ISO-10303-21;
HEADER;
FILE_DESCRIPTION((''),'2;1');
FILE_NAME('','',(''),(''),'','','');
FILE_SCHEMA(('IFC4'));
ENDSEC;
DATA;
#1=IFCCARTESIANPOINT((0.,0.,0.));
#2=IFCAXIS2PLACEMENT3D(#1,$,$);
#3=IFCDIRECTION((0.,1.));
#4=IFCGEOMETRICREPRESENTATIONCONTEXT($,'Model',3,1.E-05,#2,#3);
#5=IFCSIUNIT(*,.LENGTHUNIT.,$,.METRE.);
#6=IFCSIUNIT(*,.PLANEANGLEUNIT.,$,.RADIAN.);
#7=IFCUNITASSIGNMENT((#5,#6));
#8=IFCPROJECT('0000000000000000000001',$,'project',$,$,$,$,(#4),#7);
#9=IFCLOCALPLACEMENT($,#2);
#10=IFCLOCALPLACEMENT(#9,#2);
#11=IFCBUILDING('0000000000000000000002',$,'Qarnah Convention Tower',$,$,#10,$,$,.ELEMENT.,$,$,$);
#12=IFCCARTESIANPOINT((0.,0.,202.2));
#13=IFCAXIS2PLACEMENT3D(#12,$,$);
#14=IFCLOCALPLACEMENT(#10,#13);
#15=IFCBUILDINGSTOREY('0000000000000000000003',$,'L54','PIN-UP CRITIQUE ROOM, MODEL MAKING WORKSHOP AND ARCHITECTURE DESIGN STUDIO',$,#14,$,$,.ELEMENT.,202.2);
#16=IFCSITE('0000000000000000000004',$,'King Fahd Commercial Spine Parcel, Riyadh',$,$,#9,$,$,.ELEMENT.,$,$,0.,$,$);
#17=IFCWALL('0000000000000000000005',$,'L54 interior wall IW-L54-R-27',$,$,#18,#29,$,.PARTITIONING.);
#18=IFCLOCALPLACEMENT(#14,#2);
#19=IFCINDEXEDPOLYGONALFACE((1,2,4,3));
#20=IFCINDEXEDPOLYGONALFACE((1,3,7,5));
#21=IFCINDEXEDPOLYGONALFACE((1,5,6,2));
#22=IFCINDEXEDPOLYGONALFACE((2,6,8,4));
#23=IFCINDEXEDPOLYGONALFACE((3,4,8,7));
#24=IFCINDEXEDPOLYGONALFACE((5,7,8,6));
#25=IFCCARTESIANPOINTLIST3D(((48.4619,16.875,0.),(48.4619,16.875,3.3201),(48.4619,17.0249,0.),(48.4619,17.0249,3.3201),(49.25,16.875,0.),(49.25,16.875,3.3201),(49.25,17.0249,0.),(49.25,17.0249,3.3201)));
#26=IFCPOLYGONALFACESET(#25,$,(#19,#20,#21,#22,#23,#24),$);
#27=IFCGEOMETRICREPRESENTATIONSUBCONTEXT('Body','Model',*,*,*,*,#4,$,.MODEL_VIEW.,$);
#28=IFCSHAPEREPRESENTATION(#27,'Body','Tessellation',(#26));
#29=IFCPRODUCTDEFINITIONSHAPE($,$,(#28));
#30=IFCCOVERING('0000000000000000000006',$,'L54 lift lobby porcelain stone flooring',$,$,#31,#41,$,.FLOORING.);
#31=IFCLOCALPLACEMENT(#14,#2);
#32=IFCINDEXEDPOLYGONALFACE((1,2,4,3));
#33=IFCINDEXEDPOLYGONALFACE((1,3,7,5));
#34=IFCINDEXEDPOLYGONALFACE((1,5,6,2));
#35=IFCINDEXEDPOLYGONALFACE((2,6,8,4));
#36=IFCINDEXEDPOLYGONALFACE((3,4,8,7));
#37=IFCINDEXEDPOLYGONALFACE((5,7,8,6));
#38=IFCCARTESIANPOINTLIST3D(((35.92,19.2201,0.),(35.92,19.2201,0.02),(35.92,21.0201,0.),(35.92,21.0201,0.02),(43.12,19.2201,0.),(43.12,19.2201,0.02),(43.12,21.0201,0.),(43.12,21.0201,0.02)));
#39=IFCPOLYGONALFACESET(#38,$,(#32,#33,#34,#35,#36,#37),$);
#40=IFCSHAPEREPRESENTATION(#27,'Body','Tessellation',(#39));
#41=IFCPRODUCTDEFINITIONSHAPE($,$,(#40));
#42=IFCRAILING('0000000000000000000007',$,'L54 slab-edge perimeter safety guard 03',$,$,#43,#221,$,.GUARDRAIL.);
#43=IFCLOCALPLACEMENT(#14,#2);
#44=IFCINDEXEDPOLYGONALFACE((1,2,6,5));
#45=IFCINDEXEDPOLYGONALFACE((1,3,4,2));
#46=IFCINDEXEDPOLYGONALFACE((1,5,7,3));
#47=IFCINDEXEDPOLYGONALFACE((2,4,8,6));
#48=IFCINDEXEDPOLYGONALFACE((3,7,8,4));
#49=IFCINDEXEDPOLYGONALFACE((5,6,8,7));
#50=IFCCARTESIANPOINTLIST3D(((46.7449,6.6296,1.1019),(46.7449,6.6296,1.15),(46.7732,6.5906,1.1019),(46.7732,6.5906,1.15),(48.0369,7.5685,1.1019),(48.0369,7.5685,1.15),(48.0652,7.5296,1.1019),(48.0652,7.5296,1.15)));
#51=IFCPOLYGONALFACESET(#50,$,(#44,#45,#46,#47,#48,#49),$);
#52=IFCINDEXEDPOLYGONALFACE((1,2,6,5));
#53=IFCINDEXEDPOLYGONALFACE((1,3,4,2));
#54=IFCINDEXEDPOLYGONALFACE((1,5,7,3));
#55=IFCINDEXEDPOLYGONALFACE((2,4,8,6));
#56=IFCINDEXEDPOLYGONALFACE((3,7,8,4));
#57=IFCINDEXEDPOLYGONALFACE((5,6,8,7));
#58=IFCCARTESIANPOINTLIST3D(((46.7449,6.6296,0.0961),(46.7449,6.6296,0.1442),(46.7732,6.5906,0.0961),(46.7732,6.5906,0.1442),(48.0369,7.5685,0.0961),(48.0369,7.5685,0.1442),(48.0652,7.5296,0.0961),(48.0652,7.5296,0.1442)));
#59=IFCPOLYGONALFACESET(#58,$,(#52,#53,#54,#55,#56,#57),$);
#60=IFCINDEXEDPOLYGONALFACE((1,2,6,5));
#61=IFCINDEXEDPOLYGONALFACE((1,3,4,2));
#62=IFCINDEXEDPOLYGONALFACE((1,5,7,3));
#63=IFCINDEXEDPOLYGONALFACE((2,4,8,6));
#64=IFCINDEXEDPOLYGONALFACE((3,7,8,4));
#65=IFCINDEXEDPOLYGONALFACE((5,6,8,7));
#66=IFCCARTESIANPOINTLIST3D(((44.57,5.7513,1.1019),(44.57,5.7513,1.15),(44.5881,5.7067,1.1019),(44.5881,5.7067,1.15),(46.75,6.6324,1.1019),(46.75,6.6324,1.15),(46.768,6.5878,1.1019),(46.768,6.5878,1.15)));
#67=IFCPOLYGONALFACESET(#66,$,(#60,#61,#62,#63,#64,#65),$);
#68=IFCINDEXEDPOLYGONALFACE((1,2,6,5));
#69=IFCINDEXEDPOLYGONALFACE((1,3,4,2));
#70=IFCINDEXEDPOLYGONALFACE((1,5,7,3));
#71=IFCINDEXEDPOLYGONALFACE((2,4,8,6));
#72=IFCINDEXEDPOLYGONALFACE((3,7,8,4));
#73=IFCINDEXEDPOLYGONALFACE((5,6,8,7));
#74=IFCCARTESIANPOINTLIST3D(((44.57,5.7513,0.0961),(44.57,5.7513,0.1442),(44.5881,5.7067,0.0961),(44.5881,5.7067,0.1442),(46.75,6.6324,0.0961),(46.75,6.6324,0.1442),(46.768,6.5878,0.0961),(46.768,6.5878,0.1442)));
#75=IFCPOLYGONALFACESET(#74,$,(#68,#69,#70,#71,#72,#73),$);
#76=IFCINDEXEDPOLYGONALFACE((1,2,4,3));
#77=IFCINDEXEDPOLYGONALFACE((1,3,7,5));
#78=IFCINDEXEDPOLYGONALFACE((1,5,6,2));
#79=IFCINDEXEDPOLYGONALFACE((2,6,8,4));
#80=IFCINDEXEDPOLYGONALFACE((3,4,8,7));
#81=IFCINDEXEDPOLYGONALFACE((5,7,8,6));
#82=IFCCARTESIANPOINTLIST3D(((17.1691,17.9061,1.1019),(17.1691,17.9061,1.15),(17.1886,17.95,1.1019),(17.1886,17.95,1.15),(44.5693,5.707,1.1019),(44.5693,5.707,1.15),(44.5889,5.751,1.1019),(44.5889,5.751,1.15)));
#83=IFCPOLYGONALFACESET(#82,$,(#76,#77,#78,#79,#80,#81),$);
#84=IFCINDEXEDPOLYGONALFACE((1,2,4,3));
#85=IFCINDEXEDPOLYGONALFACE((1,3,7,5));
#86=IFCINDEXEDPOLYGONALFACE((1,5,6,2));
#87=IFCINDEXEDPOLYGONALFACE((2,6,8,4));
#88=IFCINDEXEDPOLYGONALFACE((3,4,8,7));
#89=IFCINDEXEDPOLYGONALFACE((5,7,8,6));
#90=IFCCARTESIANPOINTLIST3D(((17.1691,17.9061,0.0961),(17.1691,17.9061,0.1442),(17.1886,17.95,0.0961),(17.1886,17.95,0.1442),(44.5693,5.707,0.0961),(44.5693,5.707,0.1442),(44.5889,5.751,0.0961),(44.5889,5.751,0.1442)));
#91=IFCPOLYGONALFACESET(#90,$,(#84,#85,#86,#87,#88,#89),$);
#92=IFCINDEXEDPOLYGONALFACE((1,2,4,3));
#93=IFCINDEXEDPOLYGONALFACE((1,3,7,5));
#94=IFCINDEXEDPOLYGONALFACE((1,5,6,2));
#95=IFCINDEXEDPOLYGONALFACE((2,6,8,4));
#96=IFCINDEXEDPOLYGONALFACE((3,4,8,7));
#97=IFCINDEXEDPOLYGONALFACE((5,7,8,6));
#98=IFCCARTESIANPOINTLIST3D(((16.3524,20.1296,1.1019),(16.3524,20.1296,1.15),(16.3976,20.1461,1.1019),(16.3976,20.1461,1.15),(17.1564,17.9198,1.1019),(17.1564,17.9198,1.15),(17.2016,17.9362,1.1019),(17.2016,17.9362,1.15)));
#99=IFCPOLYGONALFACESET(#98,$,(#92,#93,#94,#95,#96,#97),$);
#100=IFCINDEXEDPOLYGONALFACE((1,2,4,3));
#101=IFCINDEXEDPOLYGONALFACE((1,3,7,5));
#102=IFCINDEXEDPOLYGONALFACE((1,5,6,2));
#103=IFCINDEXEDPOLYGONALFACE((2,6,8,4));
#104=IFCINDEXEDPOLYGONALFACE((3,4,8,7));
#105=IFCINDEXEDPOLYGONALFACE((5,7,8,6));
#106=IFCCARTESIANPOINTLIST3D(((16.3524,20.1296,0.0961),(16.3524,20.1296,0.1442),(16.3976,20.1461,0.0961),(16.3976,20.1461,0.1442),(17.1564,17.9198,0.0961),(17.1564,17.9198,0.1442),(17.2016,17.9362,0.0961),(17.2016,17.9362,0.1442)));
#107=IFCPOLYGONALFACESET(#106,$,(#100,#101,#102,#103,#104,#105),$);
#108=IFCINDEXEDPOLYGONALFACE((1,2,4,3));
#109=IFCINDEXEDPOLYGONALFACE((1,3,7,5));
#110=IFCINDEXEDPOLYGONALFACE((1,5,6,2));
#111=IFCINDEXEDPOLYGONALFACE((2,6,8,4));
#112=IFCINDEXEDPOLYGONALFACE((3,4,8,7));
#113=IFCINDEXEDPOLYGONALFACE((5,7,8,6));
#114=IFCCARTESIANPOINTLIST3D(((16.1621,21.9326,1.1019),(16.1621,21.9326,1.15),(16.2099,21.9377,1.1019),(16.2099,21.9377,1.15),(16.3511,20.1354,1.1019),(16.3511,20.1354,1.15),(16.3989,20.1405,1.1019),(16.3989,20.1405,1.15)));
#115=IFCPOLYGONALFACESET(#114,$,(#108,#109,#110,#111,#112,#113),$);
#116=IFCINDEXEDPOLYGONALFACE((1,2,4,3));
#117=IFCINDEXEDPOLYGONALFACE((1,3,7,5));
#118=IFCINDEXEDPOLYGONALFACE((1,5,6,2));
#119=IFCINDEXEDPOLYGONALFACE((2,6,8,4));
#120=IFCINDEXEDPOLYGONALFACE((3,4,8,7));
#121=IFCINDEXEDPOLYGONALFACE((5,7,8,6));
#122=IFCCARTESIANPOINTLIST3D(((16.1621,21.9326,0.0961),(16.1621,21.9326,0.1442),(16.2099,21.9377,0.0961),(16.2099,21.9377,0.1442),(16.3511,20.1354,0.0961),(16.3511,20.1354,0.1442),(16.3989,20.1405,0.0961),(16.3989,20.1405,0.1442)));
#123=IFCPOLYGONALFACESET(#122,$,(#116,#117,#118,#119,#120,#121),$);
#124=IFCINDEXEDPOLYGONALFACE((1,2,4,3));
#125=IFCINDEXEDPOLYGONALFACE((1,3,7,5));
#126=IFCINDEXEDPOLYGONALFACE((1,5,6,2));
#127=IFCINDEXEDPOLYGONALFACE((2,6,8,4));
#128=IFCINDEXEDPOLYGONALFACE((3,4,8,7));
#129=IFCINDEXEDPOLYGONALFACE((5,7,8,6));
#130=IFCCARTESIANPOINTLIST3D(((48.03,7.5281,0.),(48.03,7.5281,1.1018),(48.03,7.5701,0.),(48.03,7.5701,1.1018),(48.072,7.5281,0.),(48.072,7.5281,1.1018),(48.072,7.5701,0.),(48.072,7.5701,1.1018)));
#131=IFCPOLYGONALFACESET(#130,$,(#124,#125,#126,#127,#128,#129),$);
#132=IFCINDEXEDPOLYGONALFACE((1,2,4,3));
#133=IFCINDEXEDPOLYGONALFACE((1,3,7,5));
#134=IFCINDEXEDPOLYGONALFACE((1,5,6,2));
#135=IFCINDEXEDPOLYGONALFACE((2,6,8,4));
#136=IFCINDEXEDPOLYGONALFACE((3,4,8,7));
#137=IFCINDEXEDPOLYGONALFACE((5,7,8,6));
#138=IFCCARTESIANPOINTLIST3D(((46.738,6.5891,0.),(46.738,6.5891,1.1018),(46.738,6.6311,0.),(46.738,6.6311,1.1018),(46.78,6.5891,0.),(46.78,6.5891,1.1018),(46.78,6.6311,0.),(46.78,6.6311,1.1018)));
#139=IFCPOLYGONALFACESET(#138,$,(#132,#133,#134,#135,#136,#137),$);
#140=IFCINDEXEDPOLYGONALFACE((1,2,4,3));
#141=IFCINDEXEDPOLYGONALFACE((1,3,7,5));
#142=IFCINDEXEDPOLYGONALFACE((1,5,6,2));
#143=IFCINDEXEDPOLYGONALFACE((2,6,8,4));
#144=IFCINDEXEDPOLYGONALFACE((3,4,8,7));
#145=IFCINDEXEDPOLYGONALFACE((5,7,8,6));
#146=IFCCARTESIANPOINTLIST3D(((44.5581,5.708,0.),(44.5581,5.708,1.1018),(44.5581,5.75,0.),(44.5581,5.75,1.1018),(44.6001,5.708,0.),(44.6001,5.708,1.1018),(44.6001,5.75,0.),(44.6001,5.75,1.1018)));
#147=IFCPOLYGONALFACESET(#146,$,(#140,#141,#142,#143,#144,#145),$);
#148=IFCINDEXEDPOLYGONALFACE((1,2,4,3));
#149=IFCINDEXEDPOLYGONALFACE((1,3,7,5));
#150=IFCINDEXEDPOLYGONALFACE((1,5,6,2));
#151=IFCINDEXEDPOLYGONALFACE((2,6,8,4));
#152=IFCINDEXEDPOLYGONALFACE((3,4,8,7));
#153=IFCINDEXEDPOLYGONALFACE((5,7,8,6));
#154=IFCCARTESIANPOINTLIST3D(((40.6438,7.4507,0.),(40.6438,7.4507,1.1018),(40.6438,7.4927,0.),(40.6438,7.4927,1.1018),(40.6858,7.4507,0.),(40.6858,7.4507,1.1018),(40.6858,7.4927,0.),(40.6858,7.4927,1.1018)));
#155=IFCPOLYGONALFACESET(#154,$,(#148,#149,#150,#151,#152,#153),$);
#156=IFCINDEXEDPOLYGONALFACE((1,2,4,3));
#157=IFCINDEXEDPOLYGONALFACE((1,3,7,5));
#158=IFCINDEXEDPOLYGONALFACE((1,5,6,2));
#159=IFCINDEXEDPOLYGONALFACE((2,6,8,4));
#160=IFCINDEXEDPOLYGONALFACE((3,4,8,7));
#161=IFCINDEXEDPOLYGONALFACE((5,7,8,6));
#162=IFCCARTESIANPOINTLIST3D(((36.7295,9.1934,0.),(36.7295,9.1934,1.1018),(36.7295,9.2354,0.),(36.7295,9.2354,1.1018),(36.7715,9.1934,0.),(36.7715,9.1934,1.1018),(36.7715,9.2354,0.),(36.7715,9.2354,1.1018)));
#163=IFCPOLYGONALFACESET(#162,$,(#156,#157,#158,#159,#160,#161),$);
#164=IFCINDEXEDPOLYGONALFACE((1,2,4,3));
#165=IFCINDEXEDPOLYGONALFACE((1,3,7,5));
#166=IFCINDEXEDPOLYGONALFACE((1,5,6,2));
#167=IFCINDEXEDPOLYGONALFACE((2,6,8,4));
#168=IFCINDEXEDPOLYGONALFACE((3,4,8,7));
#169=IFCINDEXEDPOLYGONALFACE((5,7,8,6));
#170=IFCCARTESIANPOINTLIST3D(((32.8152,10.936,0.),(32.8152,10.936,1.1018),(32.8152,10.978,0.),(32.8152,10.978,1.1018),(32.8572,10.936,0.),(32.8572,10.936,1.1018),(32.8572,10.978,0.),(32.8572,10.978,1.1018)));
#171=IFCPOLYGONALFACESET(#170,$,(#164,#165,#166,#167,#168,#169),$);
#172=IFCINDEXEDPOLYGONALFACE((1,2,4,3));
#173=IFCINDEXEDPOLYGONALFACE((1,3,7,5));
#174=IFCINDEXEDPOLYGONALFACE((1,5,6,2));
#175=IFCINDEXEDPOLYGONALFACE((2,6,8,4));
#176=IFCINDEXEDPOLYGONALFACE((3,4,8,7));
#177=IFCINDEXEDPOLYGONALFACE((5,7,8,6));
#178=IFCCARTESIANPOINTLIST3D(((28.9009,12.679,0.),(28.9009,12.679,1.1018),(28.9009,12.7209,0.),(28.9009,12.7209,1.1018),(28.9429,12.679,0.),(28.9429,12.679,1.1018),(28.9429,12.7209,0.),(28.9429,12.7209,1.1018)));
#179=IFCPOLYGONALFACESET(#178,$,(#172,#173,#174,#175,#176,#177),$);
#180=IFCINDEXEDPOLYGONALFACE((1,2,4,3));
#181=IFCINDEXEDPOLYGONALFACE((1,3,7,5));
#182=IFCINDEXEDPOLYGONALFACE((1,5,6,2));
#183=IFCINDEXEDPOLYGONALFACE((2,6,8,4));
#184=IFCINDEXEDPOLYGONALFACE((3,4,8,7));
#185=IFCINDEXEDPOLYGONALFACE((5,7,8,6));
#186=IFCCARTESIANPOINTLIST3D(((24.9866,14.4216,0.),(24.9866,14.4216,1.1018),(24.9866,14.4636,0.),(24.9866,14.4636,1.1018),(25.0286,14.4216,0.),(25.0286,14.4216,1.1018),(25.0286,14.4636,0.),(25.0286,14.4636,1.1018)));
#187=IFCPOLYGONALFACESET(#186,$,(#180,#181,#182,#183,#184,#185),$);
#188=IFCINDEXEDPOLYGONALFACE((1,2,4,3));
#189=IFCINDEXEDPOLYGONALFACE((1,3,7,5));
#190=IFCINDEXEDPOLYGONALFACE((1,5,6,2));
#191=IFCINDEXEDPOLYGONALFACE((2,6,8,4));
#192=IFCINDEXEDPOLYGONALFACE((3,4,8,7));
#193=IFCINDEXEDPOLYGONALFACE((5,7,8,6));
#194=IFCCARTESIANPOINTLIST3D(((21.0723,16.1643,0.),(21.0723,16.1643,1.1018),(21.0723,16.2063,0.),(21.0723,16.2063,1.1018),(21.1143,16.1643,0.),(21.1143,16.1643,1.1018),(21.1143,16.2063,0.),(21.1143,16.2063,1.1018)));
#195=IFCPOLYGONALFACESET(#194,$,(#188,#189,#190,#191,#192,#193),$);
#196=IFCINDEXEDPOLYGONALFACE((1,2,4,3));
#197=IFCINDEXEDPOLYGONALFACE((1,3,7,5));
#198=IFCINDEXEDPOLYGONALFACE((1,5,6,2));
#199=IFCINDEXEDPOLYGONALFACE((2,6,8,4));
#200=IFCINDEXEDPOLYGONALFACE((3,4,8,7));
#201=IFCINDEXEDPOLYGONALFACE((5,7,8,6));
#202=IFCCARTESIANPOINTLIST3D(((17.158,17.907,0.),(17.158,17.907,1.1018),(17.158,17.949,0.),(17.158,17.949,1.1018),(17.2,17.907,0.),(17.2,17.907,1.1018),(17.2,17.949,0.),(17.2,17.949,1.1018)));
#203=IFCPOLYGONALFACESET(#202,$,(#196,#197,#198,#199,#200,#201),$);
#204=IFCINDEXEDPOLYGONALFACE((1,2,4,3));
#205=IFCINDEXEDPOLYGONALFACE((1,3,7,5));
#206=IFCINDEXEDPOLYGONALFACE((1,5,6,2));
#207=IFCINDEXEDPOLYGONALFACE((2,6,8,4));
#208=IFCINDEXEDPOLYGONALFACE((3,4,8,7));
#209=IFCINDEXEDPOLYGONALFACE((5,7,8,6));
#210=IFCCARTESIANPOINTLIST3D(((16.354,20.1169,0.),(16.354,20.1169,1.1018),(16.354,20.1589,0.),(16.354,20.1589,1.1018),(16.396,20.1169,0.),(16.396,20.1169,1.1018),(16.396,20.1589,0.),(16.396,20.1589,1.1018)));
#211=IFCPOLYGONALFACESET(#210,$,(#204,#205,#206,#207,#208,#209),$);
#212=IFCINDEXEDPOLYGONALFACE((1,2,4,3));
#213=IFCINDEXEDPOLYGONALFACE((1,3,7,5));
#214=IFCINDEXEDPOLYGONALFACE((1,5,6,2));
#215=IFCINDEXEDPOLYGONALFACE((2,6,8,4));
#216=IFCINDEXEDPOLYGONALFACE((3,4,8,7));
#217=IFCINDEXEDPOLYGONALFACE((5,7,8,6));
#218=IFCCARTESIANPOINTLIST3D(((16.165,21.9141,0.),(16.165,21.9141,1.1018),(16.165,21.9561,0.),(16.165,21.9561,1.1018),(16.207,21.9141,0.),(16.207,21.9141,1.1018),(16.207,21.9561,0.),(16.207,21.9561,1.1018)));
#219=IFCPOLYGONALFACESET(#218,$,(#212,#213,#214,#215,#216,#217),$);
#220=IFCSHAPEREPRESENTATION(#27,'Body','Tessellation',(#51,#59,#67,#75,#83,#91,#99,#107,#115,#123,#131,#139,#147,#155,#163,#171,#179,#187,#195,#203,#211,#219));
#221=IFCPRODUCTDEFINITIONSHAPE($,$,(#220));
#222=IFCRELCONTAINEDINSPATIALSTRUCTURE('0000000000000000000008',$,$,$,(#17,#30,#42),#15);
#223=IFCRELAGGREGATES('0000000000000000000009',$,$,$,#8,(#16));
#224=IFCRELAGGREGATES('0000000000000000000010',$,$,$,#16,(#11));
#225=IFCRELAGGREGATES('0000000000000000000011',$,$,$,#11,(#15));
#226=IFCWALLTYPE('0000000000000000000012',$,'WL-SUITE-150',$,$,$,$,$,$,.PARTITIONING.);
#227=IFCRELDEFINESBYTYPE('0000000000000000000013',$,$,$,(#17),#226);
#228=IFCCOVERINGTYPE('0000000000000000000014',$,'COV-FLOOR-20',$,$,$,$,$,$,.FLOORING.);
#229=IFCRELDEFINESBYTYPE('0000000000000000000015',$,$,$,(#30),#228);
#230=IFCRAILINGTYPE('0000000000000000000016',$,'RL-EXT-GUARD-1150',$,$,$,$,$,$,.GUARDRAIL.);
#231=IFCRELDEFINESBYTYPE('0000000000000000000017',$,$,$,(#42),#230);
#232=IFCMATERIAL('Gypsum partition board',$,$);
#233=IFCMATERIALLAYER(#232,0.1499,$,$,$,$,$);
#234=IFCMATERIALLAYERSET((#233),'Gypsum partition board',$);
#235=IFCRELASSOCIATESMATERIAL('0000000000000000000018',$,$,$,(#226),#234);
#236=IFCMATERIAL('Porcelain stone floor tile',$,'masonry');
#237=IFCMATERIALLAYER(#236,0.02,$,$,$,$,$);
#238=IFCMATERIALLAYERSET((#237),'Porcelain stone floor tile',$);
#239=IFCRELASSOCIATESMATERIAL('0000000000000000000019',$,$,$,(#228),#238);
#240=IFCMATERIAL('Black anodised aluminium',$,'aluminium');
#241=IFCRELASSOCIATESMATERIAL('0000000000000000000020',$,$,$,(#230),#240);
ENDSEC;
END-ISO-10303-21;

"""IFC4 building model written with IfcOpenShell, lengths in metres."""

from ifc_helpers import new_model, si_unit, direction, frame, frame_2d, origin, origin_2d, place, context, subcontext, project, spatial, rectangle, extrude, material, layer, layer_set, type_object, element, save


model = new_model("IFC4")

# Units and contexts
model_context = context("Model", 3, precision=1e-05, world=origin(), true_north=direction((0.0, 1.0)))
body_context = subcontext(model_context, "Body", "Model", "MODEL_VIEW")
ifc_project = project(units=[si_unit("LENGTHUNIT", "METRE"), si_unit("PLANEANGLEUNIT", "RADIAN")], contexts=[model_context])

# Site, building, storey
site_placement = place(None, origin())
site = spatial("IfcSite", under=ifc_project, at=site_placement, Name="King Fahd Commercial Spine Parcel, Riyadh", CompositionType="ELEMENT", RefElevation=0.0)
building_placement = place(site_placement, origin())
building = spatial("IfcBuilding", under=site, at=building_placement, Name="Qarnah Convention Tower", CompositionType="ELEMENT")
storey_placement = place(building_placement, frame((0.0, 0.0, 202.2)))
storey = spatial("IfcBuildingStorey", under=building, at=storey_placement, Name="L54", Description="PIN-UP CRITIQUE ROOM, MODEL MAKING WORKSHOP AND ARCHITECTURE DESIGN STUDIO", CompositionType="ELEMENT", Elevation=202.2)

# Shared definitions
ifc_material_1 = material(Name="Black anodised aluminium", Category="aluminium")

# Shared definitions
ifc_material_2 = material(Name="Gypsum partition board")
ifc_layer_1 = layer(ifc_material_2, 0.1499)
ifc_layer_set_1 = layer_set([ifc_layer_1], Name="Gypsum partition board")
wall_type_1 = type_object("IfcWallType", Name="WL-SUITE-150", PredefinedType="PARTITIONING", material=ifc_layer_set_1)

# Wall
wall_1_placement = place(storey_placement, frame((49.25, 16.95, 0.0), z_axis=(0.0, 0.0, 1.0), x_axis=(-1.0, 0.0, 0.0)))
element("IfcWall", 1, at=wall_1_placement, inside=storey, type_object=wall_type_1, Name="L54 interior wall IW-L54-R-27", PredefinedType="PARTITIONING", context=body_context, shape_type="SweptSolid", body=[
    extrude(rectangle(XDim=0.7881, YDim=0.1499, at=frame_2d((0.394, 0.0))), origin(), (0.0, 0.0, 1.0), 3.3201),
])

# Covering
ifc_material_3 = material(Name="Porcelain stone floor tile", Category="masonry")
ifc_layer_2 = layer(ifc_material_3, 0.02)
ifc_layer_set_2 = layer_set([ifc_layer_2], Name="Porcelain stone floor tile")
covering_type = type_object("IfcCoveringType", Name="COV-FLOOR-20", PredefinedType="FLOORING", material=ifc_layer_set_2)
covering_placement = place(storey_placement, frame((39.52, 20.1201, 0.0), z_axis=(0.0, 0.0, 1.0), x_axis=(1.0, 0.0, 0.0)))
element("IfcCovering", 2, at=covering_placement, inside=storey, type_object=covering_type, Name="L54 lift lobby porcelain stone flooring", PredefinedType="FLOORING", context=body_context, shape_type="SweptSolid", body=[
    extrude(rectangle(XDim=7.2, YDim=1.8, at=origin_2d()), origin(), (0.0, 0.0, 1.0), 0.02),
])

# Railing
railing_type = type_object("IfcRailingType", Name="RL-EXT-GUARD-1150", PredefinedType="GUARDRAIL", material=ifc_material_1)
railing_1_placement = place(storey_placement, frame((48.051, 7.5491, 0.0)))
element("IfcRailing", 3, at=railing_1_placement, inside=storey, type_object=railing_type, Name="L54 slab-edge perimeter safety guard 03", PredefinedType="GUARDRAIL", context=body_context, shape_type="SweptSolid", body=[
    extrude(rectangle(XDim=0.0481, YDim=0.0481, at=origin_2d()), frame((0.0, 0.0, 1.126), z_axis=(-0.808934, -0.587899, 0.0), x_axis=(0.587899, -0.808934, 0.0)), (0.0, 0.0, 1.0), 1.5972),
    extrude(rectangle(XDim=0.0481, YDim=0.0481, at=origin_2d()), frame((0.0, 0.0, 0.1201), z_axis=(-0.808934, -0.587899, 0.0), x_axis=(0.587899, -0.808934, 0.0)), (0.0, 0.0, 1.0), 1.5972),
    extrude(rectangle(XDim=0.0481, YDim=0.0481, at=origin_2d()), frame((-1.292, -0.939, 1.126), z_axis=(-0.927132, -0.374736, 0.0), x_axis=(0.374736, -0.927132, 0.0)), (0.0, 0.0, 1.0), 2.3513),
    extrude(rectangle(XDim=0.0481, YDim=0.0481, at=origin_2d()), frame((-1.292, -0.939, 0.1201), z_axis=(-0.927132, -0.374736, 0.0), x_axis=(0.374736, -0.927132, 0.0)), (0.0, 0.0, 1.0), 2.3513),
    extrude(rectangle(XDim=0.0481, YDim=0.0481, at=origin_2d()), frame((-3.4719, -1.8201, 1.126), z_axis=(-0.91355, 0.406727, 0.0), x_axis=(-0.406727, -0.91355, 0.0)), (0.0, 0.0, 1.0), 29.9932),
    extrude(rectangle(XDim=0.0481, YDim=0.0481, at=origin_2d()), frame((-3.4719, -1.8201, 0.1201), z_axis=(-0.91355, 0.406727, 0.0), x_axis=(-0.406727, -0.91355, 0.0)), (0.0, 0.0, 1.0), 29.9932),
    extrude(rectangle(XDim=0.0481, YDim=0.0481, at=origin_2d()), frame((-30.8721, 10.3789, 1.126), z_axis=(-0.341868, 0.939748, 0.0), x_axis=(-0.939748, -0.341868, 0.0)), (0.0, 0.0, 1.0), 2.3516),
    extrude(rectangle(XDim=0.0481, YDim=0.0481, at=origin_2d()), frame((-30.8721, 10.3789, 0.1201), z_axis=(-0.341868, 0.939748, 0.0), x_axis=(-0.939748, -0.341868, 0.0)), (0.0, 0.0, 1.0), 2.3516),
    extrude(rectangle(XDim=0.0481, YDim=0.0481, at=origin_2d()), frame((-31.676, 12.5889, 1.126), z_axis=(-0.104572, 0.994517, 0.0), x_axis=(-0.994517, -0.104572, 0.0)), (0.0, 0.0, 1.0), 1.8071),
    extrude(rectangle(XDim=0.0481, YDim=0.0481, at=origin_2d()), frame((-31.676, 12.5889, 0.1201), z_axis=(-0.104572, 0.994517, 0.0), x_axis=(-0.994517, -0.104572, 0.0)), (0.0, 0.0, 1.0), 1.8071),
    extrude(rectangle(XDim=0.042, YDim=0.042, at=origin_2d()), origin(), (0.0, 0.0, 1.0), 1.1018),
    extrude(rectangle(XDim=0.042, YDim=0.042, at=origin_2d()), frame((-1.292, -0.939, 0.0)), (0.0, 0.0, 1.0), 1.1018),
    extrude(rectangle(XDim=0.042, YDim=0.042, at=origin_2d()), frame((-3.4719, -1.8201, 0.0)), (0.0, 0.0, 1.0), 1.1018),
    extrude(rectangle(XDim=0.042, YDim=0.042, at=origin_2d()), frame((-7.3862, -0.0774, 0.0)), (0.0, 0.0, 1.0), 1.1018),
    extrude(rectangle(XDim=0.042, YDim=0.042, at=origin_2d()), frame((-11.3005, 1.6653, 0.0)), (0.0, 0.0, 1.0), 1.1018),
    extrude(rectangle(XDim=0.042, YDim=0.042, at=origin_2d()), frame((-15.2148, 3.408, 0.0)), (0.0, 0.0, 1.0), 1.1018),
    extrude(rectangle(XDim=0.042, YDim=0.042, at=origin_2d()), frame((-19.1292, 5.1509, 0.0)), (0.0, 0.0, 1.0), 1.1018),
    extrude(rectangle(XDim=0.042, YDim=0.042, at=origin_2d()), frame((-23.0435, 6.8936, 0.0)), (0.0, 0.0, 1.0), 1.1018),
    extrude(rectangle(XDim=0.042, YDim=0.042, at=origin_2d()), frame((-26.9578, 8.6362, 0.0)), (0.0, 0.0, 1.0), 1.1018),
    extrude(rectangle(XDim=0.042, YDim=0.042, at=origin_2d()), frame((-30.8721, 10.3789, 0.0)), (0.0, 0.0, 1.0), 1.1018),
    extrude(rectangle(XDim=0.042, YDim=0.042, at=origin_2d()), frame((-31.676, 12.5889, 0.0)), (0.0, 0.0, 1.0), 1.1018),
    extrude(rectangle(XDim=0.042, YDim=0.042, at=origin_2d()), frame((-31.865, 14.386, 0.0)), (0.0, 0.0, 1.0), 1.1018),
])

save(model, "model.ifc")
